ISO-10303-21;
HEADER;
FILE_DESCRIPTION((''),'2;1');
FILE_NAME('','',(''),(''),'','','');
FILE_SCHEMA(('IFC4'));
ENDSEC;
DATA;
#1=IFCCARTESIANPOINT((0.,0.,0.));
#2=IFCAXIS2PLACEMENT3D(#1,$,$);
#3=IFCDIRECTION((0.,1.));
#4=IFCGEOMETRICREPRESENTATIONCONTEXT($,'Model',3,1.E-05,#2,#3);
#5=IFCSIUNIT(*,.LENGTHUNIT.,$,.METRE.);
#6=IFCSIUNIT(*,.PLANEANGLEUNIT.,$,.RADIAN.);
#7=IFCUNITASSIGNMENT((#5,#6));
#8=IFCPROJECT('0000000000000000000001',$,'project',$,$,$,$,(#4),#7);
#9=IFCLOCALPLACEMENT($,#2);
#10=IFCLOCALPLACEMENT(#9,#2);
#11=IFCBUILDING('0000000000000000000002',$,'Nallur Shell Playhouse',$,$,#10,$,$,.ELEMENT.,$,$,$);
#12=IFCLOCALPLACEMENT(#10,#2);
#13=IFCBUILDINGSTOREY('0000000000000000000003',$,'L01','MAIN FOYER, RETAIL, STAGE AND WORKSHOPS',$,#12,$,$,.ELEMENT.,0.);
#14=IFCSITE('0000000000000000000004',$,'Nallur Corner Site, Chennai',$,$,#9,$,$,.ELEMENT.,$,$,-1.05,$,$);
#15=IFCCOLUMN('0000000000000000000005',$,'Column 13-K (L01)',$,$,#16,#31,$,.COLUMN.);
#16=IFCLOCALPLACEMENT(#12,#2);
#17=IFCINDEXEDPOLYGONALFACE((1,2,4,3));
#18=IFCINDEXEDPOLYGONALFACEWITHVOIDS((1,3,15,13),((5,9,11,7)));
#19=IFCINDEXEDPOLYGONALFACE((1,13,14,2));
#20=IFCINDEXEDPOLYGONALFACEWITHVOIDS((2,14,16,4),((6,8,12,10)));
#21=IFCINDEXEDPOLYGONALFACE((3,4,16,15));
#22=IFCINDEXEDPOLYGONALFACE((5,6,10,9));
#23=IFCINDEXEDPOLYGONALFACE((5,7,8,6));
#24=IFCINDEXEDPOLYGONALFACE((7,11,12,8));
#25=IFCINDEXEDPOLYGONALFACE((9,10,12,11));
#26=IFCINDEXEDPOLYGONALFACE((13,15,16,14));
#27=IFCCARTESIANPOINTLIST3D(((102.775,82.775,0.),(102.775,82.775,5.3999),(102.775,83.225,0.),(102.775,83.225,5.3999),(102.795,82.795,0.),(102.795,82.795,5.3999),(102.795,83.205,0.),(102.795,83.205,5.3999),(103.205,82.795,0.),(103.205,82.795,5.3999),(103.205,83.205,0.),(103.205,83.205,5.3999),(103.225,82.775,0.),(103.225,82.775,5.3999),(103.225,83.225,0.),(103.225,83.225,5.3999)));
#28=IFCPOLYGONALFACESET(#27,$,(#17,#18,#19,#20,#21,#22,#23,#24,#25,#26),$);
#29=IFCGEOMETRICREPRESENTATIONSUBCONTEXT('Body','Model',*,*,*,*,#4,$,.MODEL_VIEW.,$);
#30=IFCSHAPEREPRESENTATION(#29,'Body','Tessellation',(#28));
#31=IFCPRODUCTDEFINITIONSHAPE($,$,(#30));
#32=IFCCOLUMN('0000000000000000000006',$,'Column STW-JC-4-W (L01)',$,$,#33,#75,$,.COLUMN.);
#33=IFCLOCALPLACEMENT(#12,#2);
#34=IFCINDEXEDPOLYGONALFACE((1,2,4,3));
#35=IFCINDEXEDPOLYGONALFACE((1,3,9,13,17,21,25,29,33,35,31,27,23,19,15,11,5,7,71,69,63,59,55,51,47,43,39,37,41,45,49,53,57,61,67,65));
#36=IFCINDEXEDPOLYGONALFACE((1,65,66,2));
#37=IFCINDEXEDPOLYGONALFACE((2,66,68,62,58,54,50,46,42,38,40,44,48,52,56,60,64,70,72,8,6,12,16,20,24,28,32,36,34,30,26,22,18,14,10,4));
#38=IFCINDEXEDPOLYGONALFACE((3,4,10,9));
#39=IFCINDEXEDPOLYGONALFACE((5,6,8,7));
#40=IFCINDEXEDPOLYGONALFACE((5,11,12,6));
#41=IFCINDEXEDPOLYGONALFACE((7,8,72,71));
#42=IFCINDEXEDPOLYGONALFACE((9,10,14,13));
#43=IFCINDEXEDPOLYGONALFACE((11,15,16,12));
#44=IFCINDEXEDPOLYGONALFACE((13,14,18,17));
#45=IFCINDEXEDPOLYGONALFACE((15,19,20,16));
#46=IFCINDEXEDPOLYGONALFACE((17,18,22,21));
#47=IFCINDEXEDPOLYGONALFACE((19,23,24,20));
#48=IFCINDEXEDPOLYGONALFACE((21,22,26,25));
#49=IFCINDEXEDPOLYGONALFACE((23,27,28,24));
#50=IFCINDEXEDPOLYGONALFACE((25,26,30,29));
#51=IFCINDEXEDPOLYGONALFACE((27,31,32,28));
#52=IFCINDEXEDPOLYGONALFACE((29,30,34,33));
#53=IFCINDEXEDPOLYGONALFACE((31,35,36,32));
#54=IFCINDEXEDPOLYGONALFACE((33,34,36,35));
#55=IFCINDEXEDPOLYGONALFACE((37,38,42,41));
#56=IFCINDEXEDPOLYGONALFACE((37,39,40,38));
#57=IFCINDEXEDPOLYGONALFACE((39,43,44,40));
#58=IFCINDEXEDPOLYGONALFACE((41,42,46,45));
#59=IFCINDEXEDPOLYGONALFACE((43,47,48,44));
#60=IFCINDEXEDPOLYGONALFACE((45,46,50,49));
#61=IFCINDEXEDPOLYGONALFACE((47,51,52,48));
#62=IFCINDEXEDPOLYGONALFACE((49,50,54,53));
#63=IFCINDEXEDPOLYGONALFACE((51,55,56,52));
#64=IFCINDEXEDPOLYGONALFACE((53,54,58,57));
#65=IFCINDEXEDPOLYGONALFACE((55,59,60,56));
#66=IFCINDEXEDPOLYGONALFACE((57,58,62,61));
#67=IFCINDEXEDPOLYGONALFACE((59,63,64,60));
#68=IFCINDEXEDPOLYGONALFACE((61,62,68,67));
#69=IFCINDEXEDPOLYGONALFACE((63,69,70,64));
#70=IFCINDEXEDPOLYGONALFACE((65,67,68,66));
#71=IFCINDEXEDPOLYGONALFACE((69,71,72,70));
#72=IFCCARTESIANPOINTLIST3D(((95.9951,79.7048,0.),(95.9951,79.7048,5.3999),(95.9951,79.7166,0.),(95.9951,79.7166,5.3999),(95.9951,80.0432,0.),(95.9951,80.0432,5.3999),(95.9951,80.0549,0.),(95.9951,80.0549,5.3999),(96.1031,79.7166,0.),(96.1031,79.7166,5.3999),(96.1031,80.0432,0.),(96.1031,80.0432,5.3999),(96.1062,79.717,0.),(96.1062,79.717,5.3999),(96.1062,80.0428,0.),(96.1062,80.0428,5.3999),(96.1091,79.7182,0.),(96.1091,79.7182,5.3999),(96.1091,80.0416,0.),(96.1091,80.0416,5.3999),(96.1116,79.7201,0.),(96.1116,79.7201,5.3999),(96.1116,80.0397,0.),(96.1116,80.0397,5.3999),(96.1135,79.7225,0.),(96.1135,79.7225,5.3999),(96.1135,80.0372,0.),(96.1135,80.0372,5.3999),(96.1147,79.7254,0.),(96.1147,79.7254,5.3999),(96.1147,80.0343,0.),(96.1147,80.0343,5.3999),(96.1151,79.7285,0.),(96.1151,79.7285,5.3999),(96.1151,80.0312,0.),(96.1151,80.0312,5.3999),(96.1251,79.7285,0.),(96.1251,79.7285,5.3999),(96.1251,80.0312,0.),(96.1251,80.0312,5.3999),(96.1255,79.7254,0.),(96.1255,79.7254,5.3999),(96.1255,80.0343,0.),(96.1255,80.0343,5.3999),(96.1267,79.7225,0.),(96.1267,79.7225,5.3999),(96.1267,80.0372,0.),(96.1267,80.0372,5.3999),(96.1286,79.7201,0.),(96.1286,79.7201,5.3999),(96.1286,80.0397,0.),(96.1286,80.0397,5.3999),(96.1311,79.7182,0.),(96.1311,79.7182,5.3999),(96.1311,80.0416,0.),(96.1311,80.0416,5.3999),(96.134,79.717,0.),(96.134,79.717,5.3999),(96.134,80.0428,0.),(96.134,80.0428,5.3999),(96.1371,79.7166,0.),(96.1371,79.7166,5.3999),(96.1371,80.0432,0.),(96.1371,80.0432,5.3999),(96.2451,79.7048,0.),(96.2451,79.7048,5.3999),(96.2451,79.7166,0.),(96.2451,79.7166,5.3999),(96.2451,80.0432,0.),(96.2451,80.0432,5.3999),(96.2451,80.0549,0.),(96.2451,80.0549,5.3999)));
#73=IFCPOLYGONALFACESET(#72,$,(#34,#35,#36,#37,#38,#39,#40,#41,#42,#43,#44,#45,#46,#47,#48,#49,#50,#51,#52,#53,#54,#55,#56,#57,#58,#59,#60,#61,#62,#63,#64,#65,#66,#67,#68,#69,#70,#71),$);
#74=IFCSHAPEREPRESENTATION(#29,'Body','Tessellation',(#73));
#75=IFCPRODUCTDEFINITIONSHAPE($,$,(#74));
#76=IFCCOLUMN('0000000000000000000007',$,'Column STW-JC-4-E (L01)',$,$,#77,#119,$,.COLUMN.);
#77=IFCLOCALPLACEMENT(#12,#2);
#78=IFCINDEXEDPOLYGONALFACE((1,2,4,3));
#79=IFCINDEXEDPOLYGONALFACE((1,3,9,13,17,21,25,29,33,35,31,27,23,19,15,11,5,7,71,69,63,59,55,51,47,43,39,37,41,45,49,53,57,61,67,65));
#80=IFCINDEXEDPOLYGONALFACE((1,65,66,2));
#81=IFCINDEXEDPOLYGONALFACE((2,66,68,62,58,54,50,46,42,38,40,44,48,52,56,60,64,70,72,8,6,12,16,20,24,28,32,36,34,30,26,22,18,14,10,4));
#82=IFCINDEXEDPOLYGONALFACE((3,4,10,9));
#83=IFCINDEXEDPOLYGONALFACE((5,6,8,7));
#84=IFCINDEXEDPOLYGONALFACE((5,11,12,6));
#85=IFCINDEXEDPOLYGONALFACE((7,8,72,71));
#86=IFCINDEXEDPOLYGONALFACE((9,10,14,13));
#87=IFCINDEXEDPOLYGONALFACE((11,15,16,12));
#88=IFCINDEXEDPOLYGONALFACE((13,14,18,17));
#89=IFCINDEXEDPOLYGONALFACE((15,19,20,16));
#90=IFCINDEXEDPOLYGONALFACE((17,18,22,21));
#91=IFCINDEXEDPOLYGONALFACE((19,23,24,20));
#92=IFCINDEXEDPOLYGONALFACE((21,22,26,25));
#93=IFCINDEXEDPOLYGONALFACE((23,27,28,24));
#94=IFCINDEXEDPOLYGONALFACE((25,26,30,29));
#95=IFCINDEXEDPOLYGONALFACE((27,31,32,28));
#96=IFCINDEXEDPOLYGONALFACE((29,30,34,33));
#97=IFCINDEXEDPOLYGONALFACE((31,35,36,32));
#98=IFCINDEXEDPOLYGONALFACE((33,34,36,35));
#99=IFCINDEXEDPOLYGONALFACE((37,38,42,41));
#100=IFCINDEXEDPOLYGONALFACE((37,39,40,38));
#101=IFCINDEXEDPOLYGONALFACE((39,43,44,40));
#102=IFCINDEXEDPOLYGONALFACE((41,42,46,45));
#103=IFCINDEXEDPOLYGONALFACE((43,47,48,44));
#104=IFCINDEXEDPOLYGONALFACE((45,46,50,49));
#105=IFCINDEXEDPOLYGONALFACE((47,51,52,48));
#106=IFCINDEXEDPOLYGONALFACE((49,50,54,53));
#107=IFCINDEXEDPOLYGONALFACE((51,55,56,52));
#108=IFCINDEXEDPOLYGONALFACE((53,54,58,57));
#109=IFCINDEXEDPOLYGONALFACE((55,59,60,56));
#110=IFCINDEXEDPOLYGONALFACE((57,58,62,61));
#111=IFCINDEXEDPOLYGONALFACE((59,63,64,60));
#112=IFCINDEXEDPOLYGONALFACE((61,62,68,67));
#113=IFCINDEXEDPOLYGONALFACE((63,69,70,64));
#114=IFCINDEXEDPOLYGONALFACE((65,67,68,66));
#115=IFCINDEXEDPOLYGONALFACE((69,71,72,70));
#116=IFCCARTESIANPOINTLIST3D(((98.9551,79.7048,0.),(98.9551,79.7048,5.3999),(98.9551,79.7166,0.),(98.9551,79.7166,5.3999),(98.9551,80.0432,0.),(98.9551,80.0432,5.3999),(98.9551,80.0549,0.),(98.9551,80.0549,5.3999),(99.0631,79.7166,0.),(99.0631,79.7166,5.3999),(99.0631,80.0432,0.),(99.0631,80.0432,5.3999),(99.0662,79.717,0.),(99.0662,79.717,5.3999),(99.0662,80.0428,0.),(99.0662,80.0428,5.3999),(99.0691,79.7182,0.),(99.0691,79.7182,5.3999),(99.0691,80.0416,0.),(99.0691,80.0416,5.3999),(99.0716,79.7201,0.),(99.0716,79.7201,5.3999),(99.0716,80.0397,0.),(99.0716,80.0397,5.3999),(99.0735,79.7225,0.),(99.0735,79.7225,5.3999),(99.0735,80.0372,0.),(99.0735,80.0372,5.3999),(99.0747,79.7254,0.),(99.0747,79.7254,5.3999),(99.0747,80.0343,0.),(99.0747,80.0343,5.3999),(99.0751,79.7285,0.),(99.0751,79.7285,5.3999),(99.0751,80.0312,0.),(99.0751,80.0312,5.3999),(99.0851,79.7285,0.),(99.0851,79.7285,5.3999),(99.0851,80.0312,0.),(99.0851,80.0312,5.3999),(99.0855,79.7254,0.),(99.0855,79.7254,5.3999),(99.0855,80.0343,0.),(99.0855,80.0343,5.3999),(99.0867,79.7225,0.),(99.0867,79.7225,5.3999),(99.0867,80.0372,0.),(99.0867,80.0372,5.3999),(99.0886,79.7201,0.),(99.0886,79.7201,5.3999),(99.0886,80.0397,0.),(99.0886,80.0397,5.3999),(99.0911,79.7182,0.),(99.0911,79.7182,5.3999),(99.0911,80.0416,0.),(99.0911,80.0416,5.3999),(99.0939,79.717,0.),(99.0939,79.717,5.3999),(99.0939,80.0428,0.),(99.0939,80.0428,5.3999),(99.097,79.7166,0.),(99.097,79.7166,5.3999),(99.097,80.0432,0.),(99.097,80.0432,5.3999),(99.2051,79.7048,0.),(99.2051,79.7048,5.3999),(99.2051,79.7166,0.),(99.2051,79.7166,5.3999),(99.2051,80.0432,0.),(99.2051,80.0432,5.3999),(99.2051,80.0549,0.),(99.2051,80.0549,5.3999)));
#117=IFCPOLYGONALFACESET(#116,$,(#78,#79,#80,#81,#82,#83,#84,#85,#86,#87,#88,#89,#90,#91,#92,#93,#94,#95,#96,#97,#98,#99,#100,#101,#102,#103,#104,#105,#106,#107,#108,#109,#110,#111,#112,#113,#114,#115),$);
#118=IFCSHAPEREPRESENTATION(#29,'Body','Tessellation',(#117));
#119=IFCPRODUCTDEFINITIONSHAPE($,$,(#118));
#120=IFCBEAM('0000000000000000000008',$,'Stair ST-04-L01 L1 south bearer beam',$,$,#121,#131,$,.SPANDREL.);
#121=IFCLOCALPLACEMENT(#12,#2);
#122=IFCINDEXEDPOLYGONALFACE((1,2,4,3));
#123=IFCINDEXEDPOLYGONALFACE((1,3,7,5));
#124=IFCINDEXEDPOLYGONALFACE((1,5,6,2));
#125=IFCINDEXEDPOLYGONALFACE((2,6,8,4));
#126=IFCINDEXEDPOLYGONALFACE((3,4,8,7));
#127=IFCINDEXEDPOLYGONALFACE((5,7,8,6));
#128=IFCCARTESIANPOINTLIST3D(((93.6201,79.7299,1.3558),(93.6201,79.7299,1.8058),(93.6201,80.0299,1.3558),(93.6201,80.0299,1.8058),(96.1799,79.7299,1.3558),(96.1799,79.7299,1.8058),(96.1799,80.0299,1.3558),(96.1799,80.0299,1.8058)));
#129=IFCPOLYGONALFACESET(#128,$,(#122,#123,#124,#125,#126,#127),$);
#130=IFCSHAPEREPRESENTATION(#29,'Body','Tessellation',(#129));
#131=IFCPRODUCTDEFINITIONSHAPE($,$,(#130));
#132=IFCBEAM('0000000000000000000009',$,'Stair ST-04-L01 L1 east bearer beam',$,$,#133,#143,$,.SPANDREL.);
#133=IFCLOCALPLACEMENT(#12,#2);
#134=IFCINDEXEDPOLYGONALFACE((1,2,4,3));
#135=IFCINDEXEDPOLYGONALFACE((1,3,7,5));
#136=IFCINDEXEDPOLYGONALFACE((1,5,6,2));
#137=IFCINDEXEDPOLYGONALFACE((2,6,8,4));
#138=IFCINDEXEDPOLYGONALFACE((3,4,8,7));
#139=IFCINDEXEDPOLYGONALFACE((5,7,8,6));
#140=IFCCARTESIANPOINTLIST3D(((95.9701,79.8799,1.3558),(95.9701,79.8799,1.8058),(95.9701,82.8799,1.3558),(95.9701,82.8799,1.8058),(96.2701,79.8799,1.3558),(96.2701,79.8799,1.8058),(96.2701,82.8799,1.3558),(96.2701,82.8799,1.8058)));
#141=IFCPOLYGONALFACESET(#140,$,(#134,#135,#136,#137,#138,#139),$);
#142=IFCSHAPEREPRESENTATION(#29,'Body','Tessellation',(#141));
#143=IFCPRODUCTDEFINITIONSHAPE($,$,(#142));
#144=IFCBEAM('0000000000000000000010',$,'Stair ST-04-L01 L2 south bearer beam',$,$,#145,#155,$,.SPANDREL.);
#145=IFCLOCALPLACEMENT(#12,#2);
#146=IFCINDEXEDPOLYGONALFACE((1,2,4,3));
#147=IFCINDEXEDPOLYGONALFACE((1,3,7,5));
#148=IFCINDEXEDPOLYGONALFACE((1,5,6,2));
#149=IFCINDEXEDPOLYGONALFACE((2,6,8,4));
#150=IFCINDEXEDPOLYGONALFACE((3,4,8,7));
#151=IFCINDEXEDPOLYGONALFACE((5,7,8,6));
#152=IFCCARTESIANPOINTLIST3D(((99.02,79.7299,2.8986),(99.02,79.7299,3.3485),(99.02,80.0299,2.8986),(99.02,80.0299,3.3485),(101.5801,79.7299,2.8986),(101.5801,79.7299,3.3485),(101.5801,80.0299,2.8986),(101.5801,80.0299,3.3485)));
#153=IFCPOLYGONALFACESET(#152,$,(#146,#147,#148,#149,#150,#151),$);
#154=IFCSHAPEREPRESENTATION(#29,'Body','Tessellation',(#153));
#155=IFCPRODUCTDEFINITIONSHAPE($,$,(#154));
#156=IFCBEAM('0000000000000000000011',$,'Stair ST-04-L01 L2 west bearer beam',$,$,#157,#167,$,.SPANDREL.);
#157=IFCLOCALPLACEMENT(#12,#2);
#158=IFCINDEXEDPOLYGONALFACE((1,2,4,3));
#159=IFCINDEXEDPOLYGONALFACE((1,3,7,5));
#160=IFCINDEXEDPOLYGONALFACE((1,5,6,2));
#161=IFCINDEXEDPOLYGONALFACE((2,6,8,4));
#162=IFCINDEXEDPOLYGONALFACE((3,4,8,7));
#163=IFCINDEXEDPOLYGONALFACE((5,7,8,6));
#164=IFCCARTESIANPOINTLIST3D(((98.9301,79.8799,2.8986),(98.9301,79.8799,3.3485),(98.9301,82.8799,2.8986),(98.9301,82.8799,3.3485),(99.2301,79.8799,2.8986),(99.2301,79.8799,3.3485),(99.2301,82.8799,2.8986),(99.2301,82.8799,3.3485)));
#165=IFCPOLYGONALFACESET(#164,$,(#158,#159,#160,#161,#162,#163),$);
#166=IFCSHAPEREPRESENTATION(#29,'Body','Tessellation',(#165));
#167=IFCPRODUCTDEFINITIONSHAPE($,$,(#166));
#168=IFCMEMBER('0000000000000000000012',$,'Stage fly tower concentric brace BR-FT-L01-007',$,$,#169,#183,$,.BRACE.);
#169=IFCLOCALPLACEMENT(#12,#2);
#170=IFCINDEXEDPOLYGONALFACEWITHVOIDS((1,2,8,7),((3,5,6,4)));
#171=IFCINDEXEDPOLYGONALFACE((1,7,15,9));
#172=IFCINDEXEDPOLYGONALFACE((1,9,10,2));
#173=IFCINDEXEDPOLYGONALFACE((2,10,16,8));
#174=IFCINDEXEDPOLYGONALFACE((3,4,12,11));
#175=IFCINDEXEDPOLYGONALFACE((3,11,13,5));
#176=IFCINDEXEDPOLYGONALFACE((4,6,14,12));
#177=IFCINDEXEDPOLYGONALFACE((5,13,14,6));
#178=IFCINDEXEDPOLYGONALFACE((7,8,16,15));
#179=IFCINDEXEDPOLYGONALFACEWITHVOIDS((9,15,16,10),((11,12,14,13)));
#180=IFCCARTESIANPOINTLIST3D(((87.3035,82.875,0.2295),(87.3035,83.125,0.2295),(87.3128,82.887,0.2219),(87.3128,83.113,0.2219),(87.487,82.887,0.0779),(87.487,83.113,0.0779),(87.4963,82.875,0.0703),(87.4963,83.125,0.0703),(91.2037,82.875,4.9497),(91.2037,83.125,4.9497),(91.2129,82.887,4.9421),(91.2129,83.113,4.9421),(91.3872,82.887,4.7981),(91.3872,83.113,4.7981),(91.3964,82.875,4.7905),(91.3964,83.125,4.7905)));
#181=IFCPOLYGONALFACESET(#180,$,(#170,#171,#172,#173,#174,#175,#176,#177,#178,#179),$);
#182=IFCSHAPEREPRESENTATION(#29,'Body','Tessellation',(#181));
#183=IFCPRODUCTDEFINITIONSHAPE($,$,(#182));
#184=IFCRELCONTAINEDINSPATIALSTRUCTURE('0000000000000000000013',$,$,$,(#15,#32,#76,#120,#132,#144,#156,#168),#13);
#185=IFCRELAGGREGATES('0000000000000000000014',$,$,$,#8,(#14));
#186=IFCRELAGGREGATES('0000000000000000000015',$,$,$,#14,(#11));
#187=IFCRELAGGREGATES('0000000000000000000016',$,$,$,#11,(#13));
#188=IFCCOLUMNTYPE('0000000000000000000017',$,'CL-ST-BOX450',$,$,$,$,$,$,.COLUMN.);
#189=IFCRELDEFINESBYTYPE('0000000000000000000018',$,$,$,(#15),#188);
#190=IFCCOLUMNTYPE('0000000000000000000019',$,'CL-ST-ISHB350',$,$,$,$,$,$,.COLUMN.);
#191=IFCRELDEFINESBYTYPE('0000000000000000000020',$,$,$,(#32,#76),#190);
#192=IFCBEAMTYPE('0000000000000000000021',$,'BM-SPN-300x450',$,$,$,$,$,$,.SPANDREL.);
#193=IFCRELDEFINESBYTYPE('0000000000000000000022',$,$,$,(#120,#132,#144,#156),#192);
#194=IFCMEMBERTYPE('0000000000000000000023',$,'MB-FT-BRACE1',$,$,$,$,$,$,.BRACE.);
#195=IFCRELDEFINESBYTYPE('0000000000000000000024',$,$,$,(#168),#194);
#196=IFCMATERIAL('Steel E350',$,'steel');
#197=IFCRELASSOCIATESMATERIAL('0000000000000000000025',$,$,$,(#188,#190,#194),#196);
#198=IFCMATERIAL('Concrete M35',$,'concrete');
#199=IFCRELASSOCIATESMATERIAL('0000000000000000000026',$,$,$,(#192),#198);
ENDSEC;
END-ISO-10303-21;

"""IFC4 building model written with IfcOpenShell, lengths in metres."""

from ifc_helpers import new_model, si_unit, direction, frame, origin, origin_2d, place, context, subcontext, project, spatial, rectangle, hollow_rectangle, i_section, extrude, material, material_profile, profile_set, type_object, element, save


model = new_model("IFC4")

# Units and contexts
model_context = context("Model", 3, precision=1e-05, world=origin(), true_north=direction((0.0, 1.0)))
body_context = subcontext(model_context, "Body", "Model", "MODEL_VIEW")
ifc_project = project(units=[si_unit("LENGTHUNIT", "METRE"), si_unit("PLANEANGLEUNIT", "RADIAN")], contexts=[model_context])

# Site, building, storey
site_placement = place(None, origin())
site = spatial("IfcSite", under=ifc_project, at=site_placement, Name="Nallur Corner Site, Chennai", CompositionType="ELEMENT", RefElevation=-1.05)
building_placement = place(site_placement, origin())
building = spatial("IfcBuilding", under=site, at=building_placement, Name="Nallur Shell Playhouse", CompositionType="ELEMENT")
storey_placement = place(building_placement, origin())
storey = spatial("IfcBuildingStorey", under=building, at=storey_placement, Name="L01", Description="MAIN FOYER, RETAIL, STAGE AND WORKSHOPS", CompositionType="ELEMENT", Elevation=0.0)

# Columns
ifc_material_1 = material(Name="Steel E350", Category="steel")
ifc_material_profile_1 = material_profile(ifc_material_1, hollow_rectangle(XDim=0.45, YDim=0.45, WallThickness=0.02, at=origin_2d()), Name="BOX 450x450x20")
ifc_profile_set_1 = profile_set([ifc_material_profile_1], Name="Steel E350")
column_type_1 = type_object("IfcColumnType", Name="CL-ST-BOX450", PredefinedType="COLUMN", material=ifc_profile_set_1)
column_placement = place(storey_placement, frame((103.0, 83.0, 0.0), z_axis=(0.0, 0.0, 1.0), x_axis=(1.0, 0.0, 0.0)))
element("IfcColumn", 1, at=column_placement, inside=storey, type_object=column_type_1, Name="Column 13-K (L01)", PredefinedType="COLUMN", context=body_context, shape_type="SweptSolid", body=[
    extrude(hollow_rectangle(XDim=0.45, YDim=0.45, WallThickness=0.02, at=origin_2d()), origin(), (0.0, 0.0, 1.0), 5.3999),
])
ifc_material_profile_2 = material_profile(ifc_material_1, i_section(OverallWidth=0.25, OverallDepth=0.3501, WebThickness=0.01, FlangeThickness=0.0117, FilletRadius=0.012, at=origin_2d()), Name="ISHB 350")
ifc_profile_set_2 = profile_set([ifc_material_profile_2], Name="Steel E350")
column_type_2 = type_object("IfcColumnType", Name="CL-ST-ISHB350", PredefinedType="COLUMN", material=ifc_profile_set_2)
for number, where, z_axis, x_axis, name in (
    (2, (96.1201, 79.8799, 0.0), (0.0, 0.0, 1.0), (1.0, 0.0, 0.0), "Column STW-JC-4-W (L01)"),
    (3, (99.0801, 79.8799, 0.0), (0.0, 0.0, 1.0), (1.0, 0.0, 0.0), "Column STW-JC-4-E (L01)"),
):
    element("IfcColumn", number, at=place(storey_placement, frame(where, z_axis=z_axis, x_axis=x_axis)), inside=storey, type_object=column_type_2, Name=name, PredefinedType="COLUMN", context=body_context, shape_type="SweptSolid", body=[
        extrude(i_section(OverallWidth=0.25, OverallDepth=0.3501, WebThickness=0.01, FlangeThickness=0.0117, FilletRadius=0.012, at=origin_2d()), origin(), (0.0, 0.0, 1.0), 5.3999),
    ])

# Beams
ifc_material_2 = material(Name="Concrete M35", Category="concrete")
ifc_material_profile_3 = material_profile(ifc_material_2, rectangle(XDim=0.3, YDim=0.45, at=origin_2d()), Name="RC 300x450")
ifc_profile_set_3 = profile_set([ifc_material_profile_3], Name="Concrete M35")
beam_type = type_object("IfcBeamType", Name="BM-SPN-300x450", PredefinedType="SPANDREL", material=ifc_profile_set_3)
beam_1_placement = place(storey_placement, frame((93.6201, 79.8799, 1.5808), z_axis=(1.0, 0.0, 0.0), x_axis=(0.0, 1.0, 0.0)))
element("IfcBeam", 4, at=beam_1_placement, inside=storey, type_object=beam_type, Name="Stair ST-04-L01 L1 south bearer beam", PredefinedType="SPANDREL", context=body_context, shape_type="SweptSolid", body=[
    extrude(rectangle(XDim=0.3, YDim=0.45, at=origin_2d()), origin(), (0.0, 0.0, 1.0), 2.5598),
])
beam_2_placement = place(storey_placement, frame((96.1201, 79.8799, 1.5808), z_axis=(0.0, 1.0, 0.0), x_axis=(-1.0, 0.0, 0.0)))
element("IfcBeam", 5, at=beam_2_placement, inside=storey, type_object=beam_type, Name="Stair ST-04-L01 L1 east bearer beam", PredefinedType="SPANDREL", context=body_context, shape_type="SweptSolid", body=[
    extrude(rectangle(XDim=0.3, YDim=0.45, at=origin_2d()), origin(), (0.0, 0.0, 1.0), 3.0),
])
beam_3_placement = place(storey_placement, frame((99.02, 79.8799, 3.1235), z_axis=(1.0, 0.0, 0.0), x_axis=(0.0, 1.0, 0.0)))
element("IfcBeam", 6, at=beam_3_placement, inside=storey, type_object=beam_type, Name="Stair ST-04-L01 L2 south bearer beam", PredefinedType="SPANDREL", context=body_context, shape_type="SweptSolid", body=[
    extrude(rectangle(XDim=0.3, YDim=0.45, at=origin_2d()), origin(), (0.0, 0.0, 1.0), 2.5601),
])
beam_4_placement = place(storey_placement, frame((99.0801, 79.8799, 3.1235), z_axis=(0.0, 1.0, 0.0), x_axis=(-1.0, 0.0, 0.0)))
element("IfcBeam", 7, at=beam_4_placement, inside=storey, type_object=beam_type, Name="Stair ST-04-L01 L2 west bearer beam", PredefinedType="SPANDREL", context=body_context, shape_type="SweptSolid", body=[
    extrude(rectangle(XDim=0.3, YDim=0.45, at=origin_2d()), origin(), (0.0, 0.0, 1.0), 3.0),
])

# Member
ifc_material_profile_4 = material_profile(ifc_material_1, hollow_rectangle(XDim=0.25, YDim=0.25, WallThickness=0.012, at=origin_2d()), Name="SHS 250x250x12")
ifc_profile_set_4 = profile_set([ifc_material_profile_4], Name="Steel E350")
member_type = type_object("IfcMemberType", Name="MB-FT-BRACE1", PredefinedType="BRACE", material=ifc_profile_set_4)
member_1_placement = place(storey_placement, frame((87.3999, 83.0, 0.1499), z_axis=(0.636963, 0.0, 0.770895), x_axis=(0.0, 1.0, 0.0)))
element("IfcMember", 8, at=member_1_placement, inside=storey, type_object=member_type, Name="Stage fly tower concentric brace BR-FT-L01-007", PredefinedType="BRACE", context=body_context, shape_type="SweptSolid", body=[
    extrude(hollow_rectangle(XDim=0.25, YDim=0.25, WallThickness=0.012, at=origin_2d()), origin(), (0.0, 0.0, 1.0), 6.123),
])

save(model, "model.ifc")
